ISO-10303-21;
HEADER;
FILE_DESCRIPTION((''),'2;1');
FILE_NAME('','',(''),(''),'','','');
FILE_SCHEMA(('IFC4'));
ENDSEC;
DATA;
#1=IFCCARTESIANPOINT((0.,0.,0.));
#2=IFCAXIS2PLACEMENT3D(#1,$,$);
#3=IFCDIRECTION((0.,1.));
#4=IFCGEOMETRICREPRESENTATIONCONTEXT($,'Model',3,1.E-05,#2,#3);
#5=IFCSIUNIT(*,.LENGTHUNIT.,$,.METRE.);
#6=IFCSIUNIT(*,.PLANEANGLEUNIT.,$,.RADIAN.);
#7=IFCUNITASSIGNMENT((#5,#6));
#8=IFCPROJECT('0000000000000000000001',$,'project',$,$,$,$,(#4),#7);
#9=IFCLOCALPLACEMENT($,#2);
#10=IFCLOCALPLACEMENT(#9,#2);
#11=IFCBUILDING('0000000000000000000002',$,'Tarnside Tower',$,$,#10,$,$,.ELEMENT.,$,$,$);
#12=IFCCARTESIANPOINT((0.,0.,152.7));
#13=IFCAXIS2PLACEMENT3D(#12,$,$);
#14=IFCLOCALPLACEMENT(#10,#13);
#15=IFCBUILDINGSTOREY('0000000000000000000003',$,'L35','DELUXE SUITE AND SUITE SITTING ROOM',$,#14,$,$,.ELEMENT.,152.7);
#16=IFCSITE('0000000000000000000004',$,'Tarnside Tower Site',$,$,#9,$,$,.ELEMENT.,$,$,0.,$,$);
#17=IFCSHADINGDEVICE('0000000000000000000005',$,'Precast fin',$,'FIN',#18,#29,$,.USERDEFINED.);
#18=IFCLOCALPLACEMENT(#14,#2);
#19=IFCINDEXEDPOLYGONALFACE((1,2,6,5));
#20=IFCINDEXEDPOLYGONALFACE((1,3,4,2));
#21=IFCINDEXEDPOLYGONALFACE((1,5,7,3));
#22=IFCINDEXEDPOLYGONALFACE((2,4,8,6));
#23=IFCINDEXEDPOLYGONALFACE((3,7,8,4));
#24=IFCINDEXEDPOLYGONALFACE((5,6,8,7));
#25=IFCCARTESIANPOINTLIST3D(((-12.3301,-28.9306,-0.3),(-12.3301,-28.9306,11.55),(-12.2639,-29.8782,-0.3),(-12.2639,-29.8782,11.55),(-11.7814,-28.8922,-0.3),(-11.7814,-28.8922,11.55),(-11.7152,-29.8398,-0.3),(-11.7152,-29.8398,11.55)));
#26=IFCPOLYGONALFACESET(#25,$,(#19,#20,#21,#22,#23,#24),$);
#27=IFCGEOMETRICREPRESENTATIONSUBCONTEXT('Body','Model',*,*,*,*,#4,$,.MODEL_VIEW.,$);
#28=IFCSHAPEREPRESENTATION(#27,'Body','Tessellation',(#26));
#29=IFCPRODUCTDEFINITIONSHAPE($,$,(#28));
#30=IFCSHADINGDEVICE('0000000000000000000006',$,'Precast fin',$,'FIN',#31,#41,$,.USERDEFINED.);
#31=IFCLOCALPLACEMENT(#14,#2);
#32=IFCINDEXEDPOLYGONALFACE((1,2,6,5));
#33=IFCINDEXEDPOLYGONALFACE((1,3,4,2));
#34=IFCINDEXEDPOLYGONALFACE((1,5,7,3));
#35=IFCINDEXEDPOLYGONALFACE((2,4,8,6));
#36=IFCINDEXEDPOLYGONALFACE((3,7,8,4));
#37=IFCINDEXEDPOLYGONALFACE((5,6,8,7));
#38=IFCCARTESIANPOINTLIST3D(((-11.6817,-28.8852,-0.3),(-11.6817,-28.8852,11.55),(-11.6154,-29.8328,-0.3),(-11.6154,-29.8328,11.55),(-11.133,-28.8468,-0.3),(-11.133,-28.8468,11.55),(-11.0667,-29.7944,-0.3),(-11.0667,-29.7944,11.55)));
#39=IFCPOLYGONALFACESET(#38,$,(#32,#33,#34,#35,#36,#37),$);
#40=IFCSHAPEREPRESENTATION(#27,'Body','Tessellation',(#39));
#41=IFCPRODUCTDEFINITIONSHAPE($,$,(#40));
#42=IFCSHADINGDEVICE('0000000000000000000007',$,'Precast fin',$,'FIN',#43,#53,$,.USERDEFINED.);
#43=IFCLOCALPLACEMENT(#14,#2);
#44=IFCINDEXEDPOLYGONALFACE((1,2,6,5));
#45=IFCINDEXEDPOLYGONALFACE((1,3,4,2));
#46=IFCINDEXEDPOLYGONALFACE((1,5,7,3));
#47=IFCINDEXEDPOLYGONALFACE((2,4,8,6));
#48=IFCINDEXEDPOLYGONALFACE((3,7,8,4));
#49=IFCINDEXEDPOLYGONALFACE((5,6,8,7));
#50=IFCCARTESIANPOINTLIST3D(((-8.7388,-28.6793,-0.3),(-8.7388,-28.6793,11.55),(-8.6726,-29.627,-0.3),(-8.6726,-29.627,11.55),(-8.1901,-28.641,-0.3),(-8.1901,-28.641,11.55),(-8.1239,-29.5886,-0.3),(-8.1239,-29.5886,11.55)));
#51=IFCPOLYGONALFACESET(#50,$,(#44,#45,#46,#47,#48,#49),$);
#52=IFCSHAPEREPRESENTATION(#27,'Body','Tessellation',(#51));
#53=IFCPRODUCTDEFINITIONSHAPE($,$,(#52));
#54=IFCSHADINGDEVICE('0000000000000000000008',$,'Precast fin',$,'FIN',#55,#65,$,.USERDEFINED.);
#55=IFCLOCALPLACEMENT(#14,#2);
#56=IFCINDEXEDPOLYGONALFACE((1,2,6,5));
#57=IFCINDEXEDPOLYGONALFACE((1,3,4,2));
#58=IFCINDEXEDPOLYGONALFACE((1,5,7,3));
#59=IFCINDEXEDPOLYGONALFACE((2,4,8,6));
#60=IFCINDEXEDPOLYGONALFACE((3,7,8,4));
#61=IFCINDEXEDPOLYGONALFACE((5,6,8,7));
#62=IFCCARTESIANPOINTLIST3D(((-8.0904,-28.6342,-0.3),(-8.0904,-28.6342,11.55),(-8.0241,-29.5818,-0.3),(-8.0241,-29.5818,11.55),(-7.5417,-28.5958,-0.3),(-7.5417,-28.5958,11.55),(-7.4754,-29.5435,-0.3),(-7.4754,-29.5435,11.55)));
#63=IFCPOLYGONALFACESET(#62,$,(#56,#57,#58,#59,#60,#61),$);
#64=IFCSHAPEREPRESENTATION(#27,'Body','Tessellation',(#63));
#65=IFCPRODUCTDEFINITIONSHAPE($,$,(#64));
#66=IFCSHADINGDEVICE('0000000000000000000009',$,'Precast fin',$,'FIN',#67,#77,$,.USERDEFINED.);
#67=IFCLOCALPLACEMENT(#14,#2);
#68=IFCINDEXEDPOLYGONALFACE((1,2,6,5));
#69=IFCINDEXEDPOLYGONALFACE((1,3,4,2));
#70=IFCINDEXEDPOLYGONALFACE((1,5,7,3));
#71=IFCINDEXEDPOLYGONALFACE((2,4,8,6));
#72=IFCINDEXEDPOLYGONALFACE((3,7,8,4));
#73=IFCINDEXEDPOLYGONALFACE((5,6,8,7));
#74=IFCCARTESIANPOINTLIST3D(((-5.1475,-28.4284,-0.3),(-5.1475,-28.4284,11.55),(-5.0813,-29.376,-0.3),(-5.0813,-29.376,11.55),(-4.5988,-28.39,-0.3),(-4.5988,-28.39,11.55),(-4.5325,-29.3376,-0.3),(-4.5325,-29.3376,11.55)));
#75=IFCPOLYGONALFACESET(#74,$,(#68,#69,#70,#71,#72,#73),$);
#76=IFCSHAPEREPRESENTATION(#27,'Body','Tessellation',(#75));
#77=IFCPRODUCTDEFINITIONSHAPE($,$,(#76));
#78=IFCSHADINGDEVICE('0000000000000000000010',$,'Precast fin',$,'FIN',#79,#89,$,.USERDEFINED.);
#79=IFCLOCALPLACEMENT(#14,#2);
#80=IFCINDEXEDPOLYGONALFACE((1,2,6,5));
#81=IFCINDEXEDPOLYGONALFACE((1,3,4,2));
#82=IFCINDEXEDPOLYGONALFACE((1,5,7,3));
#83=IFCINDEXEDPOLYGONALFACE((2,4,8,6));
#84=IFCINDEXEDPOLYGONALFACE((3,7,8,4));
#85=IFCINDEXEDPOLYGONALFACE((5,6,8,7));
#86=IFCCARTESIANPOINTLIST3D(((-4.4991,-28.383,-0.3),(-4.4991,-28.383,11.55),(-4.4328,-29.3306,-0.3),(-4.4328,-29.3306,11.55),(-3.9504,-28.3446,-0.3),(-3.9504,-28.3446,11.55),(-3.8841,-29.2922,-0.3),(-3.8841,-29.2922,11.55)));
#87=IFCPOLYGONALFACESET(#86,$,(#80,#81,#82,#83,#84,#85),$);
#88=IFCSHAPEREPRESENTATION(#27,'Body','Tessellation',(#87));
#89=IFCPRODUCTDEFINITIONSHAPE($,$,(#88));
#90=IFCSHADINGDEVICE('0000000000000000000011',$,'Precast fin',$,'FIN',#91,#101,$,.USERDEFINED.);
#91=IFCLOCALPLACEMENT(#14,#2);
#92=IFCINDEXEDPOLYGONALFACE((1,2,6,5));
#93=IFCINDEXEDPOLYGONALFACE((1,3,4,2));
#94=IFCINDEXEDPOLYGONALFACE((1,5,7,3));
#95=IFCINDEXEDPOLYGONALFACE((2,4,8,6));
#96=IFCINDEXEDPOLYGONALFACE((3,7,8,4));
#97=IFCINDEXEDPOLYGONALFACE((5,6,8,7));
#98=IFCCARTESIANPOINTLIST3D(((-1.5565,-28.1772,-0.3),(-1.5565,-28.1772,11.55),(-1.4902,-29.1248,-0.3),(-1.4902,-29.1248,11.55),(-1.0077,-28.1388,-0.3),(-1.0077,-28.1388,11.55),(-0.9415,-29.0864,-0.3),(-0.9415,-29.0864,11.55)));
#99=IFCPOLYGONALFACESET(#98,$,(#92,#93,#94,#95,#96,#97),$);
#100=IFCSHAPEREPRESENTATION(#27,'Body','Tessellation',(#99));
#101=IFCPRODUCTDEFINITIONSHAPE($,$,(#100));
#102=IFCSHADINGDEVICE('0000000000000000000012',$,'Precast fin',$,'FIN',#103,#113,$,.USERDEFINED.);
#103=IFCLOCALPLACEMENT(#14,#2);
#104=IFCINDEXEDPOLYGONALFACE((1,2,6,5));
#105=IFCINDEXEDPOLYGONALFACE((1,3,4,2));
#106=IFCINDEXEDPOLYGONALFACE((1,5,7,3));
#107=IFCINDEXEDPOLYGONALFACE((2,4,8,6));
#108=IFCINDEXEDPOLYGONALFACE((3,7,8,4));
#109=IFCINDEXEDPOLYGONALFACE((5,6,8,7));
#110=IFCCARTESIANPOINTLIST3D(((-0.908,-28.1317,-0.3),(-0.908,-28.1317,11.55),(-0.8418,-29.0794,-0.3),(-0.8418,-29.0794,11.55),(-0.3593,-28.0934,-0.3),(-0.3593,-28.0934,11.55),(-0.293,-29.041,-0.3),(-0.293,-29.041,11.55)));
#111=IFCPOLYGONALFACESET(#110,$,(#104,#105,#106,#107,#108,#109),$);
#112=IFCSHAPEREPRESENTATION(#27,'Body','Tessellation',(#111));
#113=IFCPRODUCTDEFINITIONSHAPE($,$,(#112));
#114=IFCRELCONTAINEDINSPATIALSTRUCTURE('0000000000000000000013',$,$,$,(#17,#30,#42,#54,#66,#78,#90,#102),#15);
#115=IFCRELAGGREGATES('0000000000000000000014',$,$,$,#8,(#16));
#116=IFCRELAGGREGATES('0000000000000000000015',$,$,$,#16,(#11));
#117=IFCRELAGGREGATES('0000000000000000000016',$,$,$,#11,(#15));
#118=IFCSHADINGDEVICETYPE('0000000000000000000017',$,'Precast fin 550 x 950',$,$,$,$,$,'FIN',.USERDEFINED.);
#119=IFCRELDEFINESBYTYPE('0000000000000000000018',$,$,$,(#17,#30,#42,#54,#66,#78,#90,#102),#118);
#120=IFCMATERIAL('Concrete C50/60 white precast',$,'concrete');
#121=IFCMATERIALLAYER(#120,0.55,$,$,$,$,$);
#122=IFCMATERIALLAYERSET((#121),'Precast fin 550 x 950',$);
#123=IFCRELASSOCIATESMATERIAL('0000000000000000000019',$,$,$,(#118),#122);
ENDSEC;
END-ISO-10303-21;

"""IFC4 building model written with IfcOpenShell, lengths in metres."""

from ifc_helpers import new_model, si_unit, direction, frame, origin, place, context, subcontext, project, spatial, polyline, outline, extrude, material, layer, layer_set, type_object, element, save


model = new_model("IFC4")

# Units and contexts
model_context = context("Model", 3, precision=1e-05, world=origin(), true_north=direction((0.0, 1.0)))
body_context = subcontext(model_context, "Body", "Model", "MODEL_VIEW")
ifc_project = project(units=[si_unit("LENGTHUNIT", "METRE"), si_unit("PLANEANGLEUNIT", "RADIAN")], contexts=[model_context])

# Site, building, storey
site_placement = place(None, origin())
site = spatial("IfcSite", under=ifc_project, at=site_placement, Name="Tarnside Tower Site", CompositionType="ELEMENT", RefElevation=0.0)
building_placement = place(site_placement, origin())
building = spatial("IfcBuilding", under=site, at=building_placement, Name="Tarnside Tower", CompositionType="ELEMENT")
storey_placement = place(building_placement, frame((0.0, 0.0, 152.7)))
storey = spatial("IfcBuildingStorey", under=building, at=storey_placement, Name="L35", Description="DELUXE SUITE AND SUITE SITTING ROOM", CompositionType="ELEMENT", Elevation=152.7)

# Shading devices
ifc_material_1 = material(Name="Concrete C50/60 white precast", Category="concrete")
ifc_layer_1 = layer(ifc_material_1, 0.55)
ifc_layer_set_1 = layer_set([ifc_layer_1], Name="Precast fin 550 x 950")
shading_device_type_1 = type_object("IfcShadingDeviceType", Name="Precast fin 550 x 950", ElementType="FIN", PredefinedType="USERDEFINED", material=ifc_layer_set_1)
for number, where, z_axis, x_axis, name in (
    (1, (-12.0557, -28.9114, -0.3), (-0.997564, -0.069756, 0.0), (0.069756, -0.997564, 0.0), "Precast fin"),
    (2, (-11.4072, -28.866, -0.3), (-0.997564, -0.069756, 0.0), (0.069756, -0.997564, 0.0), "Precast fin"),
    (3, (-8.4644, -28.6602, -0.3), (-0.997564, -0.069756, 0.0), (0.069756, -0.997564, 0.0), "Precast fin"),
    (4, (-7.8159, -28.615, -0.3), (-0.997564, -0.069756, 0.0), (0.069756, -0.997564, 0.0), "Precast fin"),
    (5, (-4.873, -28.4092, -0.3), (-0.997564, -0.069756, 0.0), (0.069756, -0.997564, 0.0), "Precast fin"),
    (6, (-4.2246, -28.3638, -0.3), (-0.997564, -0.069756, 0.0), (0.069756, -0.997564, 0.0), "Precast fin"),
    (7, (-1.282, -28.158, -0.3), (-0.997564, -0.069756, 0.0), (0.069756, -0.997564, 0.0), "Precast fin"),
    (8, (-0.6335, -28.1125, -0.3), (-0.997564, -0.069756, 0.0), (0.069756, -0.997564, 0.0), "Precast fin"),
):
    element("IfcShadingDevice", number, at=place(storey_placement, frame(where, z_axis=z_axis, x_axis=x_axis)), inside=storey, type_object=shading_device_type_1, Name=name, ObjectType="FIN", PredefinedType="USERDEFINED", context=body_context, shape_type="SweptSolid", body=[
        extrude(outline(polyline([(0.0, 0.0), (0.95, 0.0), (0.95, 11.8501), (0.0, 11.8501), (0.0, 0.0)])), frame((0.0, 0.0, -0.2749)), (0.0, 0.0, 1.0), 0.55),
    ])

save(model, "model.ifc")
